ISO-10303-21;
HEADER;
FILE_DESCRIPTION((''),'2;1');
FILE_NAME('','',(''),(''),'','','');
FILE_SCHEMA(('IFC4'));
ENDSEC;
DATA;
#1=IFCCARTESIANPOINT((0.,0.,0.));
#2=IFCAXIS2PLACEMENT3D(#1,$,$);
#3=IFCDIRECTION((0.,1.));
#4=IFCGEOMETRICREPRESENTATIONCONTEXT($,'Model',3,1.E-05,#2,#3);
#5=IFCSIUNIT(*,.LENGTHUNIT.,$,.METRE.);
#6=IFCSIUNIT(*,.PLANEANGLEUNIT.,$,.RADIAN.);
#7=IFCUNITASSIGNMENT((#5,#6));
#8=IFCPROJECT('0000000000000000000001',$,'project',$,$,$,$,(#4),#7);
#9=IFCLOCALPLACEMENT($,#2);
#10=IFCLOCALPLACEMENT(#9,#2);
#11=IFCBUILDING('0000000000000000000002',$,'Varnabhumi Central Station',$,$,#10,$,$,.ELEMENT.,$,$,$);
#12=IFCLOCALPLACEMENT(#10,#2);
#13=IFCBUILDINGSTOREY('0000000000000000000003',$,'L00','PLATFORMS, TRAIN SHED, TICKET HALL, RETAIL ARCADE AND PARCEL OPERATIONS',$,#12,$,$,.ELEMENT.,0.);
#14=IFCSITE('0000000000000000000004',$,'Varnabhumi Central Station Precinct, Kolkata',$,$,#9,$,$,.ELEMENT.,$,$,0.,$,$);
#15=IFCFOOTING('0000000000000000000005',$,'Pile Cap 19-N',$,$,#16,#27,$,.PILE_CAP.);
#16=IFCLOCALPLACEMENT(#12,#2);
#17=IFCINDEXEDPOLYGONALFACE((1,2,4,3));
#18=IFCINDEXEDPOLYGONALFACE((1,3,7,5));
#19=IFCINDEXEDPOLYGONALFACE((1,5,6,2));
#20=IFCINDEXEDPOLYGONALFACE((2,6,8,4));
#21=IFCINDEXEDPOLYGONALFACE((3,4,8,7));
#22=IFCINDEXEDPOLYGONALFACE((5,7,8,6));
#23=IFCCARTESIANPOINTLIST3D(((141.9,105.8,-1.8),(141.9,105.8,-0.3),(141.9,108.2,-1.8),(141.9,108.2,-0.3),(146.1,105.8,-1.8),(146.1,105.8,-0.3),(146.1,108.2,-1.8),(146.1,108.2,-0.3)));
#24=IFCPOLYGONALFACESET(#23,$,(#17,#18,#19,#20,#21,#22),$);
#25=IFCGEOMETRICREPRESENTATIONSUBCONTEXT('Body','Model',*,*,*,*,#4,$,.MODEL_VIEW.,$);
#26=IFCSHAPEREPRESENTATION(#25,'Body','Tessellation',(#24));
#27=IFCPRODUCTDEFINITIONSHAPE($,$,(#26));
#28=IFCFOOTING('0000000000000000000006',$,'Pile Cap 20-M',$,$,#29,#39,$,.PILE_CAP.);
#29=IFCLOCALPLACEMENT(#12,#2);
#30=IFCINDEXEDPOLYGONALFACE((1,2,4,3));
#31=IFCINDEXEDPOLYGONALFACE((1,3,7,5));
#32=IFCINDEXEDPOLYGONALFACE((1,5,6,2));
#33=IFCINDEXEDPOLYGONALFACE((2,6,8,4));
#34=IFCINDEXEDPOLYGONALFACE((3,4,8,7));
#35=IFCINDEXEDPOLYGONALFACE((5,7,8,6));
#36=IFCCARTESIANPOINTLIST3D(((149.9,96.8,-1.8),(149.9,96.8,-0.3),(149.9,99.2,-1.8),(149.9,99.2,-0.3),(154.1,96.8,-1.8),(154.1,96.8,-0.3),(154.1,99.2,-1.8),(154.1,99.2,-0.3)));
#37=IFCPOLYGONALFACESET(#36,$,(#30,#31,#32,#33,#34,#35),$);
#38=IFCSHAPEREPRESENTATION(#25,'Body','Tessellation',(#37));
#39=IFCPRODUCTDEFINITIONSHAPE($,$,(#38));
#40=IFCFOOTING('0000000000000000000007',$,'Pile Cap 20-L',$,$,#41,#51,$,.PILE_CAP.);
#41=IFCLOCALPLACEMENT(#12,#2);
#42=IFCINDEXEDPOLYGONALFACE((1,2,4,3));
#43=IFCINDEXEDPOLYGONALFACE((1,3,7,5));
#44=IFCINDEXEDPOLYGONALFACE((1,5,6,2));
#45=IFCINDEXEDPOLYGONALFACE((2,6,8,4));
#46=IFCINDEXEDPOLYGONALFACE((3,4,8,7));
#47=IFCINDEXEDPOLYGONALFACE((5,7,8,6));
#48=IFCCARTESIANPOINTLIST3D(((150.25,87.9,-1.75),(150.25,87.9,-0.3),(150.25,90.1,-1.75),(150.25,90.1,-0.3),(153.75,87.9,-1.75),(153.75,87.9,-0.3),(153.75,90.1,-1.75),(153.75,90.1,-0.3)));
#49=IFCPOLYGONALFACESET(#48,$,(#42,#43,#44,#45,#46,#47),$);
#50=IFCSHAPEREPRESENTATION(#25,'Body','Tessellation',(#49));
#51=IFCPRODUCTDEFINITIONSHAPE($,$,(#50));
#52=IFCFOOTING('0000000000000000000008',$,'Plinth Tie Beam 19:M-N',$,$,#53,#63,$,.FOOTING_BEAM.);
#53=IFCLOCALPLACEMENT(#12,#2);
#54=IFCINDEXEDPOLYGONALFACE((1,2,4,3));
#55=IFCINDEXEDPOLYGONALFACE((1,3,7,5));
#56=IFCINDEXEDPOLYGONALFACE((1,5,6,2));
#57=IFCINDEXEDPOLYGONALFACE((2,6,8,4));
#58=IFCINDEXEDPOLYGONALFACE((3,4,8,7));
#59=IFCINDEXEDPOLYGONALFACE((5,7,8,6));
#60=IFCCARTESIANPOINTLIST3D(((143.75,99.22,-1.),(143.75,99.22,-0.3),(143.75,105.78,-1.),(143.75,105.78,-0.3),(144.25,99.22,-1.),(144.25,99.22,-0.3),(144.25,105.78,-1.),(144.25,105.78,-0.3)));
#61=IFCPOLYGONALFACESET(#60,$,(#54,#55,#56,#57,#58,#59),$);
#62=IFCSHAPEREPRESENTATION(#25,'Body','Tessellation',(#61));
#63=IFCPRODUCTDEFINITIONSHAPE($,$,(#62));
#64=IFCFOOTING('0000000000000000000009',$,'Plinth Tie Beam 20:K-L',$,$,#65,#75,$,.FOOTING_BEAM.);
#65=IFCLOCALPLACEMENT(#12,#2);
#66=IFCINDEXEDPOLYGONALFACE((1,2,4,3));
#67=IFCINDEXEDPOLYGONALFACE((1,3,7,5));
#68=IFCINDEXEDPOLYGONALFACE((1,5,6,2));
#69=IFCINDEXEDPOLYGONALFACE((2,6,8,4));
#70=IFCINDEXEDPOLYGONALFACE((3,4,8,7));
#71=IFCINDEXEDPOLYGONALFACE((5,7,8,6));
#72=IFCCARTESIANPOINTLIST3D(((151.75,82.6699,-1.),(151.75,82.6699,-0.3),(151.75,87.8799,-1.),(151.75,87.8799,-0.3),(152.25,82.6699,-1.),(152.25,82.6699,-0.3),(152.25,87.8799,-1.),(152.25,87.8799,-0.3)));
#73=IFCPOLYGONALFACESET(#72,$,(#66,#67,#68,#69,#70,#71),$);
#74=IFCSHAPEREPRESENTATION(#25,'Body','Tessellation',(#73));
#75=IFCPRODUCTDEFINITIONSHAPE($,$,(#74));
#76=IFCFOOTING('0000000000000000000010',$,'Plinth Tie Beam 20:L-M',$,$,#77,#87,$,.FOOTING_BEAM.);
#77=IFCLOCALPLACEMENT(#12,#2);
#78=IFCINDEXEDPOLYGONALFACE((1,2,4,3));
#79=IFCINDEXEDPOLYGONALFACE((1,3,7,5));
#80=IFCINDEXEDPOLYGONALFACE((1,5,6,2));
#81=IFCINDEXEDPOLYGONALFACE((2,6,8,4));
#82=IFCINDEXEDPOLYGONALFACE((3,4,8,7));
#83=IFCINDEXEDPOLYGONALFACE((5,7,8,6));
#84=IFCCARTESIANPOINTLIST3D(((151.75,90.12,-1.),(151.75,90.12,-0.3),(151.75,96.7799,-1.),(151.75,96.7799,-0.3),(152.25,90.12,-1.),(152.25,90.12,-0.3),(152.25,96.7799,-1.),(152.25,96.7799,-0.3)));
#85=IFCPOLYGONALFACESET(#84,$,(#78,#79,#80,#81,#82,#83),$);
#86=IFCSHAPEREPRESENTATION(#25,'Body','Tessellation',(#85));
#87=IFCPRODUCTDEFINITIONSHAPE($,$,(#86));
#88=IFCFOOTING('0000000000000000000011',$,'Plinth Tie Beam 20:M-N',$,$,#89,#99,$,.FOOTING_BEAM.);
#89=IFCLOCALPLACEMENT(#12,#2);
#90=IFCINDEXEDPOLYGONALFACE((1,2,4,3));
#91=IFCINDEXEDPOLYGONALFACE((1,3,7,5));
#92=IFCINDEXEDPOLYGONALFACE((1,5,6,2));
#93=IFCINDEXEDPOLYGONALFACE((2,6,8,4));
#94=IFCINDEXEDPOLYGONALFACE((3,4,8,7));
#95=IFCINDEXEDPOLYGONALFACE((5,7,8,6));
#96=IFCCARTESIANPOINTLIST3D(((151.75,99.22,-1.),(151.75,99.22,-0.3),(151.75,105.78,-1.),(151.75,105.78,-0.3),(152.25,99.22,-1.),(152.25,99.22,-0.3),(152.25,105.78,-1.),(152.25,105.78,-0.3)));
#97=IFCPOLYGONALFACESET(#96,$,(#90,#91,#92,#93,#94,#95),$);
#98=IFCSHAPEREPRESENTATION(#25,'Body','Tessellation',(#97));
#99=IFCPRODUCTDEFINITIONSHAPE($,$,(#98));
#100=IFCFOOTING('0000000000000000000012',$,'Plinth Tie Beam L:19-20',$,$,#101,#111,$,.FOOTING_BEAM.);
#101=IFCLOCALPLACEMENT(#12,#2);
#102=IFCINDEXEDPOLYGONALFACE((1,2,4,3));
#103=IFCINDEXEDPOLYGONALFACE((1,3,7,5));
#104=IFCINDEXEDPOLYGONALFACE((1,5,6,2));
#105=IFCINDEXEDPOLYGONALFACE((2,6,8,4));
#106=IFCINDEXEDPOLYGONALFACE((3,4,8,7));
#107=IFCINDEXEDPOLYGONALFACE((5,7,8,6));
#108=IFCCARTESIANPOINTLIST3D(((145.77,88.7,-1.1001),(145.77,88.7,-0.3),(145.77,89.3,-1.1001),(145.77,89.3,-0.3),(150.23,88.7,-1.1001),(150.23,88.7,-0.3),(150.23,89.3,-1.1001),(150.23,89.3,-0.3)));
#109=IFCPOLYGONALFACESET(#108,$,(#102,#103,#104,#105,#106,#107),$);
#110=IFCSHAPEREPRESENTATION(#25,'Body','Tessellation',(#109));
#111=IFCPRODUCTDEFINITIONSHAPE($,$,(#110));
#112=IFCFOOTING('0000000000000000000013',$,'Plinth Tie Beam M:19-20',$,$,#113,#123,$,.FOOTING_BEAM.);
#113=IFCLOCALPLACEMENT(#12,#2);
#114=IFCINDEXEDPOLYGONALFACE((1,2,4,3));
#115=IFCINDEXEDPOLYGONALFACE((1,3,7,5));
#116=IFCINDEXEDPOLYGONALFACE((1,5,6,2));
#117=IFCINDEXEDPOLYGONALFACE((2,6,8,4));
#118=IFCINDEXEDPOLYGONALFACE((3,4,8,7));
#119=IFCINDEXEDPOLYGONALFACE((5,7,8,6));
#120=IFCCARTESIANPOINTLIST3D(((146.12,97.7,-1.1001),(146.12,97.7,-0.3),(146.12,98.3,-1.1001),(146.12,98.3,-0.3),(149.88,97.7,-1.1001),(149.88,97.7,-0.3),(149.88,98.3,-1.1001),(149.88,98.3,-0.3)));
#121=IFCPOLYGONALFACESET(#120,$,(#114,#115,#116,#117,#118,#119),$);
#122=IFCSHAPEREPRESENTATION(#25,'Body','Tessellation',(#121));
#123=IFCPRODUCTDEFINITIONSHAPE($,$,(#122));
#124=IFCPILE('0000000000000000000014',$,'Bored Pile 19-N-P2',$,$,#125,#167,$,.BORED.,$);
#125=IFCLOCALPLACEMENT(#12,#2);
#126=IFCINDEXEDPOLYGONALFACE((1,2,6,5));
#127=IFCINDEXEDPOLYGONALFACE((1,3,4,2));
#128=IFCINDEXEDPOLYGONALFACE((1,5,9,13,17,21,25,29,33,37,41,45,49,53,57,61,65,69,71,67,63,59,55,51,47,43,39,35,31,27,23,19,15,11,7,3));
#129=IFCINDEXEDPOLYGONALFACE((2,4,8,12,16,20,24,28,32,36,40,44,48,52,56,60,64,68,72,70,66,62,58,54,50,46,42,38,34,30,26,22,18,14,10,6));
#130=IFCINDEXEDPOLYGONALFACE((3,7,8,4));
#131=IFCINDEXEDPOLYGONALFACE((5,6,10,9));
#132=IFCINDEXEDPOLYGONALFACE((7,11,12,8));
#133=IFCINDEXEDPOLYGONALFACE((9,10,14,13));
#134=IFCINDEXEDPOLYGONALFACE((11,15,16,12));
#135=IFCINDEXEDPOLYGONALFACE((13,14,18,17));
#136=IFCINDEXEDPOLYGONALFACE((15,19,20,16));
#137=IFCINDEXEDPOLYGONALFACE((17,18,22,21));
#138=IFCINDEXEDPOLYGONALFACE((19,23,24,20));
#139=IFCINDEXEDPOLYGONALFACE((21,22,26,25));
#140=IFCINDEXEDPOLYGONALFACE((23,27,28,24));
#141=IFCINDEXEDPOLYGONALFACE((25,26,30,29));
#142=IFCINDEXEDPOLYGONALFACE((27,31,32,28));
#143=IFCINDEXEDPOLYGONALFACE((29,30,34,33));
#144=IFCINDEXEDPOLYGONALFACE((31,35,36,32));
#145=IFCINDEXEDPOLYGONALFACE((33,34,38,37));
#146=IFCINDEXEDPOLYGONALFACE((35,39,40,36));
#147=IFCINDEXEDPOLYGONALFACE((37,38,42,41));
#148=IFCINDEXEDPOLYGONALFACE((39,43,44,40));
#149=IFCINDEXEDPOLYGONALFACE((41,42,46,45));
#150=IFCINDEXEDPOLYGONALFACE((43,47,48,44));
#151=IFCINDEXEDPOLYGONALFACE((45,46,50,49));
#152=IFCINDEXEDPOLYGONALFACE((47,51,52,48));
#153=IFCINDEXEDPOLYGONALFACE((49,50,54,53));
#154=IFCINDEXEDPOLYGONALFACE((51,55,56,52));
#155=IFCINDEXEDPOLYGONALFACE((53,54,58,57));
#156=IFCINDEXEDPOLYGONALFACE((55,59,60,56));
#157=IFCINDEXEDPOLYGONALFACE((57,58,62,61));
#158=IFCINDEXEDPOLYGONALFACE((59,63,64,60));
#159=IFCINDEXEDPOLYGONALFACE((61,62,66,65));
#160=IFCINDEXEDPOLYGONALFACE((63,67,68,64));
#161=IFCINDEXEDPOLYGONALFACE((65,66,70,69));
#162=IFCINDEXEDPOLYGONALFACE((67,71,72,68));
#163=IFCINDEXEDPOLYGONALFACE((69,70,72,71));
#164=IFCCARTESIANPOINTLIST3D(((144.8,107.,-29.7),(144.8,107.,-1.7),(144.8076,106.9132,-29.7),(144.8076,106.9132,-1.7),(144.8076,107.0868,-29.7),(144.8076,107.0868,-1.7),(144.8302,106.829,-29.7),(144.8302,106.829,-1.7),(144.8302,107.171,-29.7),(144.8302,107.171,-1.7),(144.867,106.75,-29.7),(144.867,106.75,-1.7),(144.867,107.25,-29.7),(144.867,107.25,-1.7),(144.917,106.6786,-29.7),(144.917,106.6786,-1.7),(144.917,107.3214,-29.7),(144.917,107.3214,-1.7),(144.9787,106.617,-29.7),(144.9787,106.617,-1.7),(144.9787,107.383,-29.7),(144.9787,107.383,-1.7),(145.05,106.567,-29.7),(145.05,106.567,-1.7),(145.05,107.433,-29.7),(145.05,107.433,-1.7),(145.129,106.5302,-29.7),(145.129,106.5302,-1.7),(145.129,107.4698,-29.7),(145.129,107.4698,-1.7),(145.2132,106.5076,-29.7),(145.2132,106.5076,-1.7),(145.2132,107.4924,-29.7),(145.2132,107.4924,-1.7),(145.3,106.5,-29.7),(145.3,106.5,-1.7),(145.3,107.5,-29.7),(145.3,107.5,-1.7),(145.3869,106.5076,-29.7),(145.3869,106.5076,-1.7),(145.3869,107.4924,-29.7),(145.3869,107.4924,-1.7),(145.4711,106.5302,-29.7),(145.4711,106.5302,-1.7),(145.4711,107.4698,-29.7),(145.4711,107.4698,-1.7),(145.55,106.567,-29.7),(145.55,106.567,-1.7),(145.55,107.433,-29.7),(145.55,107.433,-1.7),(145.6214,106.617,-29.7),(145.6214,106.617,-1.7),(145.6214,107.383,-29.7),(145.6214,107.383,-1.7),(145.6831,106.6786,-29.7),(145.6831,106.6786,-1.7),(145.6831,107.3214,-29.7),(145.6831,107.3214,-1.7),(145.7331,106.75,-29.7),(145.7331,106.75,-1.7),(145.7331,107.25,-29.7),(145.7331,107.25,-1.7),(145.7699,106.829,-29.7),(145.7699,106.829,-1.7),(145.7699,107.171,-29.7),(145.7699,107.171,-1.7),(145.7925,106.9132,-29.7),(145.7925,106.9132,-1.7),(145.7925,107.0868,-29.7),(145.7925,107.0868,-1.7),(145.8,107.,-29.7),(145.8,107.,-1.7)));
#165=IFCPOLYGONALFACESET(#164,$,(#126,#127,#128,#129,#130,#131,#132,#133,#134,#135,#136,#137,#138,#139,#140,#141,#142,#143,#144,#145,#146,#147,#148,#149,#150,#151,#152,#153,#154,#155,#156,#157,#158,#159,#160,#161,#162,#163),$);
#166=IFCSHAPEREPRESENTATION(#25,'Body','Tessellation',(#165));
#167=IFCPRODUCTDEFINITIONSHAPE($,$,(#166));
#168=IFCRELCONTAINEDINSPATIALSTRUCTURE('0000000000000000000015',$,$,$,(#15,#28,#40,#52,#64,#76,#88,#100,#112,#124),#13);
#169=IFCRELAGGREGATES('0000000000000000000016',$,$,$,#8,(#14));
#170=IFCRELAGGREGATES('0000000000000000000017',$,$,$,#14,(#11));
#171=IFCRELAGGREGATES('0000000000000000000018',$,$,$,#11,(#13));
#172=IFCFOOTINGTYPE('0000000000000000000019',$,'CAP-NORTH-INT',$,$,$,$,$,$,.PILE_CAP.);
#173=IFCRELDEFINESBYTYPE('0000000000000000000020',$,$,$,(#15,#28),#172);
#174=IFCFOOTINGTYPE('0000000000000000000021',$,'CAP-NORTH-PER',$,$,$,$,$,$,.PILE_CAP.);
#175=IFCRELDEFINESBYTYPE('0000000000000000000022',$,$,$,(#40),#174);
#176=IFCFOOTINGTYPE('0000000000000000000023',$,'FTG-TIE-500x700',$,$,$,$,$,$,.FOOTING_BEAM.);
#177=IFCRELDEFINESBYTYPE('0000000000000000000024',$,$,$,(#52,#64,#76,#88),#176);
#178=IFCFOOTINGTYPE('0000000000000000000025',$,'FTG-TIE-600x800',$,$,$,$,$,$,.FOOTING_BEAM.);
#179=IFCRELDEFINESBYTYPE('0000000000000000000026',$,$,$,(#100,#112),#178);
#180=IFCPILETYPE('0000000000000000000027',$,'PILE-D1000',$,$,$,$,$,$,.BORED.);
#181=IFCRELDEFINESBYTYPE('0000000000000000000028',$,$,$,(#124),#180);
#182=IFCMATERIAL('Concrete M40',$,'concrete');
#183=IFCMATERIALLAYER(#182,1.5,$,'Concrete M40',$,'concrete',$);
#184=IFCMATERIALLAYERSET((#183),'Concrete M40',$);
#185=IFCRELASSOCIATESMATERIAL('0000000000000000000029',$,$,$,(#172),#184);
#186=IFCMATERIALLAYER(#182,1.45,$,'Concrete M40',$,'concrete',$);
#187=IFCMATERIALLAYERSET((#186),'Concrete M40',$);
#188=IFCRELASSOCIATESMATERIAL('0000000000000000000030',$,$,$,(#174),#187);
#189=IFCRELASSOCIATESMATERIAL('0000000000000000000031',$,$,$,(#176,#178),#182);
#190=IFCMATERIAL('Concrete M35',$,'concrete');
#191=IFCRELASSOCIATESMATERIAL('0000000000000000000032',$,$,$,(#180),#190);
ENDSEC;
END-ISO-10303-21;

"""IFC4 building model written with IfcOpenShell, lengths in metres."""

from ifc_helpers import new_model, si_unit, direction, frame, origin, origin_2d, place, context, subcontext, project, spatial, rectangle, circle, extrude, material, layer, layer_set, material_profile, profile_set, type_object, element, save


model = new_model("IFC4")

# Units and contexts
model_context = context("Model", 3, precision=1e-05, world=origin(), true_north=direction((0.0, 1.0)))
body_context = subcontext(model_context, "Body", "Model", "MODEL_VIEW")
ifc_project = project(units=[si_unit("LENGTHUNIT", "METRE"), si_unit("PLANEANGLEUNIT", "RADIAN")], contexts=[model_context])

# Site, building, storey
site_placement = place(None, origin())
site = spatial("IfcSite", under=ifc_project, at=site_placement, Name="Varnabhumi Central Station Precinct, Kolkata", CompositionType="ELEMENT", RefElevation=0.0)
building_placement = place(site_placement, origin())
building = spatial("IfcBuilding", under=site, at=building_placement, Name="Varnabhumi Central Station", CompositionType="ELEMENT")
storey_placement = place(building_placement, origin())
storey = spatial("IfcBuildingStorey", under=building, at=storey_placement, Name="L00", Description="PLATFORMS, TRAIN SHED, TICKET HALL, RETAIL ARCADE AND PARCEL OPERATIONS", CompositionType="ELEMENT", Elevation=0.0)

# Footings
ifc_material_1 = material(Name="Concrete M40", Category="concrete")
ifc_layer_1 = layer(ifc_material_1, 1.5, Name="Concrete M40", Category="concrete")
ifc_layer_set_1 = layer_set([ifc_layer_1], Name="Concrete M40")
footing_type_1 = type_object("IfcFootingType", Name="CAP-NORTH-INT", PredefinedType="PILE_CAP", material=ifc_layer_set_1)
for number, where, z_axis, x_axis, name in (
    (1, (144.0, 107.0, -1.8), (0.0, 0.0, 1.0), (1.0, 0.0, 0.0), "Pile Cap 19-N"),
    (2, (152.0, 98.0, -1.8), (0.0, 0.0, 1.0), (1.0, 0.0, 0.0), "Pile Cap 20-M"),
):
    element("IfcFooting", number, at=place(storey_placement, frame(where, z_axis=z_axis, x_axis=x_axis)), inside=storey, type_object=footing_type_1, Name=name, PredefinedType="PILE_CAP", context=body_context, shape_type="SweptSolid", body=[
        extrude(rectangle(XDim=4.2, YDim=2.3999, at=origin_2d()), origin(), (0.0, 0.0, 1.0), 1.5),
    ])
ifc_layer_2 = layer(ifc_material_1, 1.45, Name="Concrete M40", Category="concrete")
ifc_layer_set_2 = layer_set([ifc_layer_2], Name="Concrete M40")
footing_type_2 = type_object("IfcFootingType", Name="CAP-NORTH-PER", PredefinedType="PILE_CAP", material=ifc_layer_set_2)
footing_1_placement = place(storey_placement, frame((152.0, 89.0, -1.75), z_axis=(0.0, 0.0, 1.0), x_axis=(1.0, 0.0, 0.0)))
element("IfcFooting", 3, at=footing_1_placement, inside=storey, type_object=footing_type_2, Name="Pile Cap 20-L", PredefinedType="PILE_CAP", context=body_context, shape_type="SweptSolid", body=[
    extrude(rectangle(XDim=3.5, YDim=2.2, at=origin_2d()), origin(), (0.0, 0.0, 1.0), 1.45),
])
footing_type_3 = type_object("IfcFootingType", Name="FTG-TIE-500x700", PredefinedType="FOOTING_BEAM", material=ifc_material_1)
footing_2_placement = place(storey_placement, frame((144.0, 102.5, -1.0), z_axis=(0.0, 0.0, 1.0), x_axis=(1.0, 0.0, 0.0)))
element("IfcFooting", 4, at=footing_2_placement, inside=storey, type_object=footing_type_3, Name="Plinth Tie Beam 19:M-N", PredefinedType="FOOTING_BEAM", context=body_context, shape_type="SweptSolid", body=[
    extrude(rectangle(XDim=0.5, YDim=6.5601, at=origin_2d()), origin(), (0.0, 0.0, 1.0), 0.7),
])
footing_3_placement = place(storey_placement, frame((152.0, 85.2749, -1.0), z_axis=(0.0, 0.0, 1.0), x_axis=(1.0, 0.0, 0.0)))
element("IfcFooting", 5, at=footing_3_placement, inside=storey, type_object=footing_type_3, Name="Plinth Tie Beam 20:K-L", PredefinedType="FOOTING_BEAM", context=body_context, shape_type="SweptSolid", body=[
    extrude(rectangle(XDim=0.5, YDim=5.21, at=origin_2d()), origin(), (0.0, 0.0, 1.0), 0.7),
])
footing_4_placement = place(storey_placement, frame((152.0, 93.45, -1.0), z_axis=(0.0, 0.0, 1.0), x_axis=(1.0, 0.0, 0.0)))
element("IfcFooting", 6, at=footing_4_placement, inside=storey, type_object=footing_type_3, Name="Plinth Tie Beam 20:L-M", PredefinedType="FOOTING_BEAM", context=body_context, shape_type="SweptSolid", body=[
    extrude(rectangle(XDim=0.5, YDim=6.6599, at=origin_2d()), origin(), (0.0, 0.0, 1.0), 0.7),
])
footing_5_placement = place(storey_placement, frame((152.0, 102.5, -1.0), z_axis=(0.0, 0.0, 1.0), x_axis=(1.0, 0.0, 0.0)))
element("IfcFooting", 7, at=footing_5_placement, inside=storey, type_object=footing_type_3, Name="Plinth Tie Beam 20:M-N", PredefinedType="FOOTING_BEAM", context=body_context, shape_type="SweptSolid", body=[
    extrude(rectangle(XDim=0.5, YDim=6.5601, at=origin_2d()), origin(), (0.0, 0.0, 1.0), 0.7),
])
footing_type_4 = type_object("IfcFootingType", Name="FTG-TIE-600x800", PredefinedType="FOOTING_BEAM", material=ifc_material_1)
footing_6_placement = place(storey_placement, frame((148.0, 89.0, -1.1001), z_axis=(0.0, 0.0, 1.0), x_axis=(1.0, 0.0, 0.0)))
element("IfcFooting", 8, at=footing_6_placement, inside=storey, type_object=footing_type_4, Name="Plinth Tie Beam L:19-20", PredefinedType="FOOTING_BEAM", context=body_context, shape_type="SweptSolid", body=[
    extrude(rectangle(XDim=4.46, YDim=0.6001, at=origin_2d()), origin(), (0.0, 0.0, 1.0), 0.8),
])
footing_7_placement = place(storey_placement, frame((148.0, 98.0, -1.1001), z_axis=(0.0, 0.0, 1.0), x_axis=(1.0, 0.0, 0.0)))
element("IfcFooting", 9, at=footing_7_placement, inside=storey, type_object=footing_type_4, Name="Plinth Tie Beam M:19-20", PredefinedType="FOOTING_BEAM", context=body_context, shape_type="SweptSolid", body=[
    extrude(rectangle(XDim=3.76, YDim=0.6001, at=origin_2d()), origin(), (0.0, 0.0, 1.0), 0.8),
])

# Pile
ifc_material_2 = material(Name="Concrete M35", Category="concrete")
ifc_material_profile_1 = material_profile(ifc_material_2, circle(Radius=0.5, at=origin_2d()), Name="Concrete M35", Category="concrete")
ifc_profile_set_1 = profile_set([ifc_material_profile_1], Name="Concrete M35")
pile_type_1 = type_object("IfcPileType", Name="PILE-D1000", PredefinedType="BORED", material=ifc_profile_set_1)
pile_1_placement = place(storey_placement, frame((145.3, 107.0, -1.7), z_axis=(0.0, 0.0, -1.0), x_axis=(1.0, 0.0, 0.0)))
element("IfcPile", 10, at=pile_1_placement, inside=storey, type_object=pile_type_1, Name="Bored Pile 19-N-P2", PredefinedType="BORED", context=body_context, shape_type="SweptSolid", body=[
    extrude(circle(Radius=0.5, at=origin_2d()), origin(), (0.0, 0.0, 1.0), 28.0),
])

save(model, "model.ifc")
